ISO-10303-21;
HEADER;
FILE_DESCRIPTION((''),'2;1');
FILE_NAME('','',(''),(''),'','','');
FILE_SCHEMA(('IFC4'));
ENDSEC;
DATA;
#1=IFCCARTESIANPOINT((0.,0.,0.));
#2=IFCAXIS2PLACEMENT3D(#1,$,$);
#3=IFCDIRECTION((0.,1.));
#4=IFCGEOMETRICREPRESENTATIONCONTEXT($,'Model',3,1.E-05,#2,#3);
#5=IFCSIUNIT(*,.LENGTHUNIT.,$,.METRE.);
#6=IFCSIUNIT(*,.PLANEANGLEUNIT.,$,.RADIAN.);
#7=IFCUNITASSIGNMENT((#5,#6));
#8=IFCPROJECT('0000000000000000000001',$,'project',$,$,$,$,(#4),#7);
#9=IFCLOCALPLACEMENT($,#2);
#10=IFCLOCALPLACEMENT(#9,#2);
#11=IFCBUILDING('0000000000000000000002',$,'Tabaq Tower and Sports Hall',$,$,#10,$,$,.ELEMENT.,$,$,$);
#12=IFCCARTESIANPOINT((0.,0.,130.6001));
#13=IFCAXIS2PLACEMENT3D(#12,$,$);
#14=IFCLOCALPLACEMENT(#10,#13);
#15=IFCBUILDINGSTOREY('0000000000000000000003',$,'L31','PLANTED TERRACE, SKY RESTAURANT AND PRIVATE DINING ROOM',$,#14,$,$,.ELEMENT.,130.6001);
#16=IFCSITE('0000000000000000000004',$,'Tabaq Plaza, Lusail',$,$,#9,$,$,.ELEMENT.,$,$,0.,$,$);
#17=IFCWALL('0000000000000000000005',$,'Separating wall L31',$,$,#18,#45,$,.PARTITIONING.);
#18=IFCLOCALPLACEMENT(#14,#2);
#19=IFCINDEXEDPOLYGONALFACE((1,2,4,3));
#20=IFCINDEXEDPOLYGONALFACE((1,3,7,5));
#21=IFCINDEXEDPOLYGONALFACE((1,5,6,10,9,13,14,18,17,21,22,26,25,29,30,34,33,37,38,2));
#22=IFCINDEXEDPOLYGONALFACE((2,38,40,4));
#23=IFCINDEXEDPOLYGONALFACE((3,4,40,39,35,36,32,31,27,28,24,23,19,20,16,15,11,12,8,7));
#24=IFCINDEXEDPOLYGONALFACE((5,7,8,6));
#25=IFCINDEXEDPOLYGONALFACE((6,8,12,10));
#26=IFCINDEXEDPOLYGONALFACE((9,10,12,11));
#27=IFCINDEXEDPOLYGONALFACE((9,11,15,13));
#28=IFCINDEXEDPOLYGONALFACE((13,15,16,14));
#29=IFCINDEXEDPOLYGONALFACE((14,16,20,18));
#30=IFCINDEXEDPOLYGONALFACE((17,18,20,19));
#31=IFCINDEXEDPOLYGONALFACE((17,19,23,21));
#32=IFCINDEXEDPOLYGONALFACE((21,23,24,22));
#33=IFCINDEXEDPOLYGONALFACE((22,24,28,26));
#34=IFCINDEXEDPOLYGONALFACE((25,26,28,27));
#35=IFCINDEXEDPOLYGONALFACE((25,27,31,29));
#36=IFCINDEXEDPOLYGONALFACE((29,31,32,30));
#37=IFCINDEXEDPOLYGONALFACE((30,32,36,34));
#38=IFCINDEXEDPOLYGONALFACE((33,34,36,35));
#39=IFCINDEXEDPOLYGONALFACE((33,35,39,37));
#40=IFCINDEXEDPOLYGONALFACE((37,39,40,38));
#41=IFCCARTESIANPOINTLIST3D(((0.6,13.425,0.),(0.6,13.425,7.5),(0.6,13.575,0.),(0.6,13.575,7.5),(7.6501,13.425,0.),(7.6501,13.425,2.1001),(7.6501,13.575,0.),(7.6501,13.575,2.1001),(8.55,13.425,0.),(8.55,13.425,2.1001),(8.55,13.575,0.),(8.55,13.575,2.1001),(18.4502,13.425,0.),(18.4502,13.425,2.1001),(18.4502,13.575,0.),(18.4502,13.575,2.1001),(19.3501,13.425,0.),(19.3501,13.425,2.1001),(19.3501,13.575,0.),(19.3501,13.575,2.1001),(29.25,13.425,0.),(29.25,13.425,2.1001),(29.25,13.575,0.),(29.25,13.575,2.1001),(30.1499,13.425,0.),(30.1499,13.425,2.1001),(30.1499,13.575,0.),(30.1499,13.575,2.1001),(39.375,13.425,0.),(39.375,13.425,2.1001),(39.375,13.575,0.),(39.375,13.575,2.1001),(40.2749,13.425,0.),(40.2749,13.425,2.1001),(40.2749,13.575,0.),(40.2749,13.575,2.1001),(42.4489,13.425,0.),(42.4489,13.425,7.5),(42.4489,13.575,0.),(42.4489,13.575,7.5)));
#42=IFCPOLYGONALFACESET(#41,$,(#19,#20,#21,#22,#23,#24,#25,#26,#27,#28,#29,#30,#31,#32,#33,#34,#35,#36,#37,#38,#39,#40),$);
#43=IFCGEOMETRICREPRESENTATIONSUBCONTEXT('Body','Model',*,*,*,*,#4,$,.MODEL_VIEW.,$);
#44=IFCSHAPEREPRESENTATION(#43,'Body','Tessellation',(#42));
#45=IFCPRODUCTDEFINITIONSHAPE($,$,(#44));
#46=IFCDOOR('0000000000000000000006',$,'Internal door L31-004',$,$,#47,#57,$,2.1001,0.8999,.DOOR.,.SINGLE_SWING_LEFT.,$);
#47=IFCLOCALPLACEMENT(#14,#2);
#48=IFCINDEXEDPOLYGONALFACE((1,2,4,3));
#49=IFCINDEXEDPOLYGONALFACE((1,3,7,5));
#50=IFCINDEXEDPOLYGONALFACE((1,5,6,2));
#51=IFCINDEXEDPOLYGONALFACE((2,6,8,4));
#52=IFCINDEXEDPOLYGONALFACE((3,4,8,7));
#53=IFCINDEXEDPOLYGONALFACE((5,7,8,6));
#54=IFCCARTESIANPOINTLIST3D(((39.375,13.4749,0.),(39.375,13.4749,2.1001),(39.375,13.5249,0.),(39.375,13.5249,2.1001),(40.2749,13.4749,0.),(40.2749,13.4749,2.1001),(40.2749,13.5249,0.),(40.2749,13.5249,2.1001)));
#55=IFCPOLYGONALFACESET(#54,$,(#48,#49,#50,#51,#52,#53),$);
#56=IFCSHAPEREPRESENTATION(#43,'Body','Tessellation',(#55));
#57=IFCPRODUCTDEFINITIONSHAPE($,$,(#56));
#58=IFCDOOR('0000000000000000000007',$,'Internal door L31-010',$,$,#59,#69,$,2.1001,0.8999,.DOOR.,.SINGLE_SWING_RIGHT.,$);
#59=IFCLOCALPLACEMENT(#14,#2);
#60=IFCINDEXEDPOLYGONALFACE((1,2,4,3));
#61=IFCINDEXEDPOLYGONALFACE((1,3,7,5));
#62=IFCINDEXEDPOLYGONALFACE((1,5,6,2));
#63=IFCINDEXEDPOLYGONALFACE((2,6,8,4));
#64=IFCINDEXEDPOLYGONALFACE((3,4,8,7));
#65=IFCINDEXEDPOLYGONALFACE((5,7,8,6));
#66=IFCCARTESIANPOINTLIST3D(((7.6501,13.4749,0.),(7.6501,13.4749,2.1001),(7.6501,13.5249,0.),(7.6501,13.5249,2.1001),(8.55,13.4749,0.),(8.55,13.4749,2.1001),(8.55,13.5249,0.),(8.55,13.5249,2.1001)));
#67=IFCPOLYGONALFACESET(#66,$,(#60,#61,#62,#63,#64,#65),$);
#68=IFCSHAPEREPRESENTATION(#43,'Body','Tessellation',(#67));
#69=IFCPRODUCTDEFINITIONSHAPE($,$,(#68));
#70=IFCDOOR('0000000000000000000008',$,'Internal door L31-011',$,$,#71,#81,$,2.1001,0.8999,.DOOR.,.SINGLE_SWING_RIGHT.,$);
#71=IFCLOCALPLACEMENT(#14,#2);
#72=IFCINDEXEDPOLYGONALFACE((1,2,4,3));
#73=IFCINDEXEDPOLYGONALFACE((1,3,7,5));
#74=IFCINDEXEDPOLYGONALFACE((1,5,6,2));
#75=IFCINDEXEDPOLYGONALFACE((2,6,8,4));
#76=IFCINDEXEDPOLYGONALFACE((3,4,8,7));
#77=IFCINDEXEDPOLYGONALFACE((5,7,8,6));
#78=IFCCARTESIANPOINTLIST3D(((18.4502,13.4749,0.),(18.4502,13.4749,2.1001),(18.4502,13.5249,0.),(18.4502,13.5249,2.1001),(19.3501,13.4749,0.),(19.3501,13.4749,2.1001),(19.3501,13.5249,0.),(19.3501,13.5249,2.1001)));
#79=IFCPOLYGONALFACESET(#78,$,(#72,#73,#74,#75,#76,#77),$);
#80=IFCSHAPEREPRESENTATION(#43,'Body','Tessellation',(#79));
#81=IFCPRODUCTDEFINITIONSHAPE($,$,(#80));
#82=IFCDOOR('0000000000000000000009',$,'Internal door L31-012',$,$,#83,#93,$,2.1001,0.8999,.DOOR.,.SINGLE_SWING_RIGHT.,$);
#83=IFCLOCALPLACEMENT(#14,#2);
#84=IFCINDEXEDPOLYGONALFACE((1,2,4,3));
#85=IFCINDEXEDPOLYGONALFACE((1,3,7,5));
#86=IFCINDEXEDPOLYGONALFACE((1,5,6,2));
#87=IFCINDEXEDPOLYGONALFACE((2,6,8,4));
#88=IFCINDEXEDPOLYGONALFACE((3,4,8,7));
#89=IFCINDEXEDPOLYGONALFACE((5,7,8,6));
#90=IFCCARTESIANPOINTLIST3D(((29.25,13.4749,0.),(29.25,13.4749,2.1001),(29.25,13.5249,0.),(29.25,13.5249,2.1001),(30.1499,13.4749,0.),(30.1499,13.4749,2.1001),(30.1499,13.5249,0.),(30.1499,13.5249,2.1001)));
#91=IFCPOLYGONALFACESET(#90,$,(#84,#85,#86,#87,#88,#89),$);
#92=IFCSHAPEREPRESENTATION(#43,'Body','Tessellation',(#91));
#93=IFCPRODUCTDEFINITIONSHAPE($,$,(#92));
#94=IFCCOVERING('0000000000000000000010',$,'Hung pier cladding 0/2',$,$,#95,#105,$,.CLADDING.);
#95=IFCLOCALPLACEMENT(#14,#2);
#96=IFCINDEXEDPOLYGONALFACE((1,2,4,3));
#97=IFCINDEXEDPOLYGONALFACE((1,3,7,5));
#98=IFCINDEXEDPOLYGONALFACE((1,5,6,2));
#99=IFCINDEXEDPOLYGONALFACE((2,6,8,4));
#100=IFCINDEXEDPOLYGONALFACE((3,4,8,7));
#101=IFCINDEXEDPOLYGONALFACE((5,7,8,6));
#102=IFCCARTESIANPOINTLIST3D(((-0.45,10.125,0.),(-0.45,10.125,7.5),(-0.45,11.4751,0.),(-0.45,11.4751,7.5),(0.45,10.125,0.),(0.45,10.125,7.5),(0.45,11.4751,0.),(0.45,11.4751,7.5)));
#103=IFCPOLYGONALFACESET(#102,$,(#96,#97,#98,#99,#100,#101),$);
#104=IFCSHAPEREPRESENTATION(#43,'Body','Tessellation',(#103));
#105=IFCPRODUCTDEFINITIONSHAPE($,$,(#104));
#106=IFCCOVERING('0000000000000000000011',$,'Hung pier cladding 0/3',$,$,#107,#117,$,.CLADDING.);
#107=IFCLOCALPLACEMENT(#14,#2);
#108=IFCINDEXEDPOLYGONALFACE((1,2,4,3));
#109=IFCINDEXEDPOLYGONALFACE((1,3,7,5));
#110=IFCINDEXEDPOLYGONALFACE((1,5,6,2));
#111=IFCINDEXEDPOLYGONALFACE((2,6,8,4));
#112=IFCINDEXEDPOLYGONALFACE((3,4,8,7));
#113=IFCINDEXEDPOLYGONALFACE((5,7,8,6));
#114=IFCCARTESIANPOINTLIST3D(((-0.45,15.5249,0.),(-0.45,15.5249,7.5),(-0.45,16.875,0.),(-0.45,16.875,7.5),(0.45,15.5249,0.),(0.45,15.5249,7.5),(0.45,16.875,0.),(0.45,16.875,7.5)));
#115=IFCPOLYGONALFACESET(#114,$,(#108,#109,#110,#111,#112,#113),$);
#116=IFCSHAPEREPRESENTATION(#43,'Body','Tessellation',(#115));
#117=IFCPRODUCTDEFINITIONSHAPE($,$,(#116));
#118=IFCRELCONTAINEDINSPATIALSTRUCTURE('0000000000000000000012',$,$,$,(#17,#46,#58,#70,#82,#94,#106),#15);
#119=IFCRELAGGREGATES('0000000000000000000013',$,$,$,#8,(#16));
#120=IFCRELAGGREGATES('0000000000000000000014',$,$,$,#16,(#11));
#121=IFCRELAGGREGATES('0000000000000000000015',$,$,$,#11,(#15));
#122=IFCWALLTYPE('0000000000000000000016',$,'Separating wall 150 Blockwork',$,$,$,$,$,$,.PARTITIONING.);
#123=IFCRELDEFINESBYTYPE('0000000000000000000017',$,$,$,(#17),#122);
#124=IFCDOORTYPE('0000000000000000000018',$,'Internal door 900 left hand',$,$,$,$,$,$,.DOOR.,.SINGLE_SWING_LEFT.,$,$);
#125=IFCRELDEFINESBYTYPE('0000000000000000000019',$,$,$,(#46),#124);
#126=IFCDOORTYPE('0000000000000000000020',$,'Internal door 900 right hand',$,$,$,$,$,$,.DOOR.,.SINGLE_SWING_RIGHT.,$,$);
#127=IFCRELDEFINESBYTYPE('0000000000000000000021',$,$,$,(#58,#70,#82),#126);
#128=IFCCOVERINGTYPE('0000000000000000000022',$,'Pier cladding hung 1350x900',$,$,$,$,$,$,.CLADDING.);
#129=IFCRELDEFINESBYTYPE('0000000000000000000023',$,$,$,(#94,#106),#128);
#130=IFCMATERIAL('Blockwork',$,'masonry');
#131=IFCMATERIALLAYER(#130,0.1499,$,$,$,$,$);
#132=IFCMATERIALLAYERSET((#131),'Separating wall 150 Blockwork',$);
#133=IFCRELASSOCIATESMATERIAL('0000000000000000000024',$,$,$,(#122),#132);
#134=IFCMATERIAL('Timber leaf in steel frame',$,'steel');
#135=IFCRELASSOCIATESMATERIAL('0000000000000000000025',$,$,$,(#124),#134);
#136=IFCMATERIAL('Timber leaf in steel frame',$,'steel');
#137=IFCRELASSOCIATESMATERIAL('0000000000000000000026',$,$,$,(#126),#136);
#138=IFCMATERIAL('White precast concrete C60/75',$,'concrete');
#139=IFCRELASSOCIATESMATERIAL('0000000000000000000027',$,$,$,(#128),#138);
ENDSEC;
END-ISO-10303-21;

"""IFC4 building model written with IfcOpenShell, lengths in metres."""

from ifc_helpers import new_model, si_unit, direction, frame, frame_2d, origin, place, context, subcontext, project, spatial, rectangle, extrude, material, layer, layer_set, type_object, element, fill, save


model = new_model("IFC4")

# Units and contexts
model_context = context("Model", 3, precision=1e-05, world=origin(), true_north=direction((0.0, 1.0)))
body_context = subcontext(model_context, "Body", "Model", "MODEL_VIEW")
ifc_project = project(units=[si_unit("LENGTHUNIT", "METRE"), si_unit("PLANEANGLEUNIT", "RADIAN")], contexts=[model_context])

# Site, building, storey
site_placement = place(None, origin())
site = spatial("IfcSite", under=ifc_project, at=site_placement, Name="Tabaq Plaza, Lusail", CompositionType="ELEMENT", RefElevation=0.0)
building_placement = place(site_placement, origin())
building = spatial("IfcBuilding", under=site, at=building_placement, Name="Tabaq Tower and Sports Hall", CompositionType="ELEMENT")
storey_placement = place(building_placement, frame((0.0, 0.0, 130.6001)))
storey = spatial("IfcBuildingStorey", under=building, at=storey_placement, Name="L31", Description="PLANTED TERRACE, SKY RESTAURANT AND PRIVATE DINING ROOM", CompositionType="ELEMENT", Elevation=130.6001)

# Wall, openings, doors
ifc_material_1 = material(Name="Blockwork", Category="masonry")
ifc_layer_1 = layer(ifc_material_1, 0.1499)
ifc_layer_set_1 = layer_set([ifc_layer_1], Name="Separating wall 150 Blockwork")
wall_type_1 = type_object("IfcWallType", Name="Separating wall 150 Blockwork", PredefinedType="PARTITIONING", material=ifc_layer_set_1)
wall_1_placement = place(storey_placement, frame((0.6001, 13.5, 0.0), z_axis=(0.0, 0.0, 1.0), x_axis=(1.0, 0.0, 0.0)))
wall_1 = element("IfcWall", 1, at=wall_1_placement, inside=storey, type_object=wall_type_1, Name="Separating wall L31", PredefinedType="PARTITIONING", context=body_context, shape_type="SweptSolid", body=[
    extrude(rectangle(XDim=41.8489, YDim=0.1499, at=frame_2d((20.9243, 0.0))), origin(), (0.0, 0.0, 1.0), 7.5),
])
opening_1_placement = place(wall_1_placement, frame((38.7749, 0.0, 0.0)))
opening_1 = element("IfcOpeningElement", 2, at=opening_1_placement, cuts=wall_1, PredefinedType="OPENING", context=body_context, shape_type="SweptSolid", body=[
    extrude(rectangle(XDim=0.8999, YDim=2.1001, at=frame_2d((0.45, 1.05))), frame((0.0, 0.075, 0.0), z_axis=(0.0, -1.0, 0.0), x_axis=(1.0, 0.0, 0.0)), (0.0, 0.0, 1.0), 0.1499),
])
opening_2_placement = place(wall_1_placement, frame((7.05, 0.0, 0.0)))
opening_2 = element("IfcOpeningElement", 3, at=opening_2_placement, cuts=wall_1, PredefinedType="OPENING", context=body_context, shape_type="SweptSolid", body=[
    extrude(rectangle(XDim=0.8999, YDim=2.1001, at=frame_2d((0.45, 1.05))), frame((0.0, 0.075, 0.0), z_axis=(0.0, -1.0, 0.0), x_axis=(1.0, 0.0, 0.0)), (0.0, 0.0, 1.0), 0.1499),
])
opening_3_placement = place(wall_1_placement, frame((17.8501, 0.0, 0.0)))
opening_3 = element("IfcOpeningElement", 4, at=opening_3_placement, cuts=wall_1, PredefinedType="OPENING", context=body_context, shape_type="SweptSolid", body=[
    extrude(rectangle(XDim=0.8999, YDim=2.1001, at=frame_2d((0.45, 1.05))), frame((0.0, 0.075, 0.0), z_axis=(0.0, -1.0, 0.0), x_axis=(1.0, 0.0, 0.0)), (0.0, 0.0, 1.0), 0.1499),
])
opening_4_placement = place(wall_1_placement, frame((28.6499, 0.0, 0.0)))
opening_4 = element("IfcOpeningElement", 5, at=opening_4_placement, cuts=wall_1, PredefinedType="OPENING", context=body_context, shape_type="SweptSolid", body=[
    extrude(rectangle(XDim=0.8999, YDim=2.1001, at=frame_2d((0.45, 1.05))), frame((0.0, 0.075, 0.0), z_axis=(0.0, -1.0, 0.0), x_axis=(1.0, 0.0, 0.0)), (0.0, 0.0, 1.0), 0.1499),
])
ifc_material_2 = material(Name="Timber leaf in steel frame", Category="steel")
door_type_1 = type_object("IfcDoorType", Name="Internal door 900 left hand", OperationType="SINGLE_SWING_LEFT", PredefinedType="DOOR", material=ifc_material_2)
door_1_placement = place(opening_1_placement, origin())
door_1 = element("IfcDoor", 6, at=door_1_placement, inside=storey, type_object=door_type_1, Name="Internal door L31-004", OperationType="SINGLE_SWING_LEFT", OverallHeight=2.1001, OverallWidth=0.8999, PredefinedType="DOOR", context=body_context, shape_type="SweptSolid", body=[
    extrude(rectangle(XDim=0.8999, YDim=2.1001, at=frame_2d((0.45, 1.05))), frame((0.0, 0.0249, 0.0), z_axis=(0.0, -1.0, 0.0), x_axis=(1.0, 0.0, 0.0)), (0.0, 0.0, 1.0), 0.05),
])
fill(opening_1, door_1)
ifc_material_3 = material(Name="Timber leaf in steel frame", Category="steel")
door_type_2 = type_object("IfcDoorType", Name="Internal door 900 right hand", OperationType="SINGLE_SWING_RIGHT", PredefinedType="DOOR", material=ifc_material_3)
door_2_placement = place(opening_2_placement, origin())
door_2 = element("IfcDoor", 7, at=door_2_placement, inside=storey, type_object=door_type_2, Name="Internal door L31-010", OperationType="SINGLE_SWING_RIGHT", OverallHeight=2.1001, OverallWidth=0.8999, PredefinedType="DOOR", context=body_context, shape_type="SweptSolid", body=[
    extrude(rectangle(XDim=0.8999, YDim=2.1001, at=frame_2d((0.45, 1.05))), frame((0.0, 0.0249, 0.0), z_axis=(0.0, -1.0, 0.0), x_axis=(1.0, 0.0, 0.0)), (0.0, 0.0, 1.0), 0.05),
])
fill(opening_2, door_2)
door_3_placement = place(opening_3_placement, origin())
door_3 = element("IfcDoor", 8, at=door_3_placement, inside=storey, type_object=door_type_2, Name="Internal door L31-011", OperationType="SINGLE_SWING_RIGHT", OverallHeight=2.1001, OverallWidth=0.8999, PredefinedType="DOOR", context=body_context, shape_type="SweptSolid", body=[
    extrude(rectangle(XDim=0.8999, YDim=2.1001, at=frame_2d((0.45, 1.05))), frame((0.0, 0.0249, 0.0), z_axis=(0.0, -1.0, 0.0), x_axis=(1.0, 0.0, 0.0)), (0.0, 0.0, 1.0), 0.05),
])
fill(opening_3, door_3)
door_4_placement = place(opening_4_placement, origin())
door_4 = element("IfcDoor", 9, at=door_4_placement, inside=storey, type_object=door_type_2, Name="Internal door L31-012", OperationType="SINGLE_SWING_RIGHT", OverallHeight=2.1001, OverallWidth=0.8999, PredefinedType="DOOR", context=body_context, shape_type="SweptSolid", body=[
    extrude(rectangle(XDim=0.8999, YDim=2.1001, at=frame_2d((0.45, 1.05))), frame((0.0, 0.0249, 0.0), z_axis=(0.0, -1.0, 0.0), x_axis=(1.0, 0.0, 0.0)), (0.0, 0.0, 1.0), 0.05),
])
fill(opening_4, door_4)

# Coverings
ifc_material_4 = material(Name="White precast concrete C60/75", Category="concrete")
covering_type = type_object("IfcCoveringType", Name="Pier cladding hung 1350x900", PredefinedType="CLADDING", material=ifc_material_4)
for number, where, z_axis, x_axis, name in (
    (10, (0.0, 11.4751, 0.0), (0.0, 0.0, 1.0), (0.0, -1.0, 0.0), "Hung pier cladding 0/2"),
    (11, (0.0, 16.875, 0.0), (0.0, 0.0, 1.0), (0.0, -1.0, 0.0), "Hung pier cladding 0/3"),
):
    element("IfcCovering", number, at=place(storey_placement, frame(where, z_axis=z_axis, x_axis=x_axis)), inside=storey, type_object=covering_type, Name=name, PredefinedType="CLADDING", context=body_context, shape_type="SweptSolid", body=[
        extrude(rectangle(XDim=1.3501, YDim=0.8999, at=frame_2d((0.675, 0.0))), origin(), (0.0, 0.0, 1.0), 7.5),
    ])

save(model, "model.ifc")
